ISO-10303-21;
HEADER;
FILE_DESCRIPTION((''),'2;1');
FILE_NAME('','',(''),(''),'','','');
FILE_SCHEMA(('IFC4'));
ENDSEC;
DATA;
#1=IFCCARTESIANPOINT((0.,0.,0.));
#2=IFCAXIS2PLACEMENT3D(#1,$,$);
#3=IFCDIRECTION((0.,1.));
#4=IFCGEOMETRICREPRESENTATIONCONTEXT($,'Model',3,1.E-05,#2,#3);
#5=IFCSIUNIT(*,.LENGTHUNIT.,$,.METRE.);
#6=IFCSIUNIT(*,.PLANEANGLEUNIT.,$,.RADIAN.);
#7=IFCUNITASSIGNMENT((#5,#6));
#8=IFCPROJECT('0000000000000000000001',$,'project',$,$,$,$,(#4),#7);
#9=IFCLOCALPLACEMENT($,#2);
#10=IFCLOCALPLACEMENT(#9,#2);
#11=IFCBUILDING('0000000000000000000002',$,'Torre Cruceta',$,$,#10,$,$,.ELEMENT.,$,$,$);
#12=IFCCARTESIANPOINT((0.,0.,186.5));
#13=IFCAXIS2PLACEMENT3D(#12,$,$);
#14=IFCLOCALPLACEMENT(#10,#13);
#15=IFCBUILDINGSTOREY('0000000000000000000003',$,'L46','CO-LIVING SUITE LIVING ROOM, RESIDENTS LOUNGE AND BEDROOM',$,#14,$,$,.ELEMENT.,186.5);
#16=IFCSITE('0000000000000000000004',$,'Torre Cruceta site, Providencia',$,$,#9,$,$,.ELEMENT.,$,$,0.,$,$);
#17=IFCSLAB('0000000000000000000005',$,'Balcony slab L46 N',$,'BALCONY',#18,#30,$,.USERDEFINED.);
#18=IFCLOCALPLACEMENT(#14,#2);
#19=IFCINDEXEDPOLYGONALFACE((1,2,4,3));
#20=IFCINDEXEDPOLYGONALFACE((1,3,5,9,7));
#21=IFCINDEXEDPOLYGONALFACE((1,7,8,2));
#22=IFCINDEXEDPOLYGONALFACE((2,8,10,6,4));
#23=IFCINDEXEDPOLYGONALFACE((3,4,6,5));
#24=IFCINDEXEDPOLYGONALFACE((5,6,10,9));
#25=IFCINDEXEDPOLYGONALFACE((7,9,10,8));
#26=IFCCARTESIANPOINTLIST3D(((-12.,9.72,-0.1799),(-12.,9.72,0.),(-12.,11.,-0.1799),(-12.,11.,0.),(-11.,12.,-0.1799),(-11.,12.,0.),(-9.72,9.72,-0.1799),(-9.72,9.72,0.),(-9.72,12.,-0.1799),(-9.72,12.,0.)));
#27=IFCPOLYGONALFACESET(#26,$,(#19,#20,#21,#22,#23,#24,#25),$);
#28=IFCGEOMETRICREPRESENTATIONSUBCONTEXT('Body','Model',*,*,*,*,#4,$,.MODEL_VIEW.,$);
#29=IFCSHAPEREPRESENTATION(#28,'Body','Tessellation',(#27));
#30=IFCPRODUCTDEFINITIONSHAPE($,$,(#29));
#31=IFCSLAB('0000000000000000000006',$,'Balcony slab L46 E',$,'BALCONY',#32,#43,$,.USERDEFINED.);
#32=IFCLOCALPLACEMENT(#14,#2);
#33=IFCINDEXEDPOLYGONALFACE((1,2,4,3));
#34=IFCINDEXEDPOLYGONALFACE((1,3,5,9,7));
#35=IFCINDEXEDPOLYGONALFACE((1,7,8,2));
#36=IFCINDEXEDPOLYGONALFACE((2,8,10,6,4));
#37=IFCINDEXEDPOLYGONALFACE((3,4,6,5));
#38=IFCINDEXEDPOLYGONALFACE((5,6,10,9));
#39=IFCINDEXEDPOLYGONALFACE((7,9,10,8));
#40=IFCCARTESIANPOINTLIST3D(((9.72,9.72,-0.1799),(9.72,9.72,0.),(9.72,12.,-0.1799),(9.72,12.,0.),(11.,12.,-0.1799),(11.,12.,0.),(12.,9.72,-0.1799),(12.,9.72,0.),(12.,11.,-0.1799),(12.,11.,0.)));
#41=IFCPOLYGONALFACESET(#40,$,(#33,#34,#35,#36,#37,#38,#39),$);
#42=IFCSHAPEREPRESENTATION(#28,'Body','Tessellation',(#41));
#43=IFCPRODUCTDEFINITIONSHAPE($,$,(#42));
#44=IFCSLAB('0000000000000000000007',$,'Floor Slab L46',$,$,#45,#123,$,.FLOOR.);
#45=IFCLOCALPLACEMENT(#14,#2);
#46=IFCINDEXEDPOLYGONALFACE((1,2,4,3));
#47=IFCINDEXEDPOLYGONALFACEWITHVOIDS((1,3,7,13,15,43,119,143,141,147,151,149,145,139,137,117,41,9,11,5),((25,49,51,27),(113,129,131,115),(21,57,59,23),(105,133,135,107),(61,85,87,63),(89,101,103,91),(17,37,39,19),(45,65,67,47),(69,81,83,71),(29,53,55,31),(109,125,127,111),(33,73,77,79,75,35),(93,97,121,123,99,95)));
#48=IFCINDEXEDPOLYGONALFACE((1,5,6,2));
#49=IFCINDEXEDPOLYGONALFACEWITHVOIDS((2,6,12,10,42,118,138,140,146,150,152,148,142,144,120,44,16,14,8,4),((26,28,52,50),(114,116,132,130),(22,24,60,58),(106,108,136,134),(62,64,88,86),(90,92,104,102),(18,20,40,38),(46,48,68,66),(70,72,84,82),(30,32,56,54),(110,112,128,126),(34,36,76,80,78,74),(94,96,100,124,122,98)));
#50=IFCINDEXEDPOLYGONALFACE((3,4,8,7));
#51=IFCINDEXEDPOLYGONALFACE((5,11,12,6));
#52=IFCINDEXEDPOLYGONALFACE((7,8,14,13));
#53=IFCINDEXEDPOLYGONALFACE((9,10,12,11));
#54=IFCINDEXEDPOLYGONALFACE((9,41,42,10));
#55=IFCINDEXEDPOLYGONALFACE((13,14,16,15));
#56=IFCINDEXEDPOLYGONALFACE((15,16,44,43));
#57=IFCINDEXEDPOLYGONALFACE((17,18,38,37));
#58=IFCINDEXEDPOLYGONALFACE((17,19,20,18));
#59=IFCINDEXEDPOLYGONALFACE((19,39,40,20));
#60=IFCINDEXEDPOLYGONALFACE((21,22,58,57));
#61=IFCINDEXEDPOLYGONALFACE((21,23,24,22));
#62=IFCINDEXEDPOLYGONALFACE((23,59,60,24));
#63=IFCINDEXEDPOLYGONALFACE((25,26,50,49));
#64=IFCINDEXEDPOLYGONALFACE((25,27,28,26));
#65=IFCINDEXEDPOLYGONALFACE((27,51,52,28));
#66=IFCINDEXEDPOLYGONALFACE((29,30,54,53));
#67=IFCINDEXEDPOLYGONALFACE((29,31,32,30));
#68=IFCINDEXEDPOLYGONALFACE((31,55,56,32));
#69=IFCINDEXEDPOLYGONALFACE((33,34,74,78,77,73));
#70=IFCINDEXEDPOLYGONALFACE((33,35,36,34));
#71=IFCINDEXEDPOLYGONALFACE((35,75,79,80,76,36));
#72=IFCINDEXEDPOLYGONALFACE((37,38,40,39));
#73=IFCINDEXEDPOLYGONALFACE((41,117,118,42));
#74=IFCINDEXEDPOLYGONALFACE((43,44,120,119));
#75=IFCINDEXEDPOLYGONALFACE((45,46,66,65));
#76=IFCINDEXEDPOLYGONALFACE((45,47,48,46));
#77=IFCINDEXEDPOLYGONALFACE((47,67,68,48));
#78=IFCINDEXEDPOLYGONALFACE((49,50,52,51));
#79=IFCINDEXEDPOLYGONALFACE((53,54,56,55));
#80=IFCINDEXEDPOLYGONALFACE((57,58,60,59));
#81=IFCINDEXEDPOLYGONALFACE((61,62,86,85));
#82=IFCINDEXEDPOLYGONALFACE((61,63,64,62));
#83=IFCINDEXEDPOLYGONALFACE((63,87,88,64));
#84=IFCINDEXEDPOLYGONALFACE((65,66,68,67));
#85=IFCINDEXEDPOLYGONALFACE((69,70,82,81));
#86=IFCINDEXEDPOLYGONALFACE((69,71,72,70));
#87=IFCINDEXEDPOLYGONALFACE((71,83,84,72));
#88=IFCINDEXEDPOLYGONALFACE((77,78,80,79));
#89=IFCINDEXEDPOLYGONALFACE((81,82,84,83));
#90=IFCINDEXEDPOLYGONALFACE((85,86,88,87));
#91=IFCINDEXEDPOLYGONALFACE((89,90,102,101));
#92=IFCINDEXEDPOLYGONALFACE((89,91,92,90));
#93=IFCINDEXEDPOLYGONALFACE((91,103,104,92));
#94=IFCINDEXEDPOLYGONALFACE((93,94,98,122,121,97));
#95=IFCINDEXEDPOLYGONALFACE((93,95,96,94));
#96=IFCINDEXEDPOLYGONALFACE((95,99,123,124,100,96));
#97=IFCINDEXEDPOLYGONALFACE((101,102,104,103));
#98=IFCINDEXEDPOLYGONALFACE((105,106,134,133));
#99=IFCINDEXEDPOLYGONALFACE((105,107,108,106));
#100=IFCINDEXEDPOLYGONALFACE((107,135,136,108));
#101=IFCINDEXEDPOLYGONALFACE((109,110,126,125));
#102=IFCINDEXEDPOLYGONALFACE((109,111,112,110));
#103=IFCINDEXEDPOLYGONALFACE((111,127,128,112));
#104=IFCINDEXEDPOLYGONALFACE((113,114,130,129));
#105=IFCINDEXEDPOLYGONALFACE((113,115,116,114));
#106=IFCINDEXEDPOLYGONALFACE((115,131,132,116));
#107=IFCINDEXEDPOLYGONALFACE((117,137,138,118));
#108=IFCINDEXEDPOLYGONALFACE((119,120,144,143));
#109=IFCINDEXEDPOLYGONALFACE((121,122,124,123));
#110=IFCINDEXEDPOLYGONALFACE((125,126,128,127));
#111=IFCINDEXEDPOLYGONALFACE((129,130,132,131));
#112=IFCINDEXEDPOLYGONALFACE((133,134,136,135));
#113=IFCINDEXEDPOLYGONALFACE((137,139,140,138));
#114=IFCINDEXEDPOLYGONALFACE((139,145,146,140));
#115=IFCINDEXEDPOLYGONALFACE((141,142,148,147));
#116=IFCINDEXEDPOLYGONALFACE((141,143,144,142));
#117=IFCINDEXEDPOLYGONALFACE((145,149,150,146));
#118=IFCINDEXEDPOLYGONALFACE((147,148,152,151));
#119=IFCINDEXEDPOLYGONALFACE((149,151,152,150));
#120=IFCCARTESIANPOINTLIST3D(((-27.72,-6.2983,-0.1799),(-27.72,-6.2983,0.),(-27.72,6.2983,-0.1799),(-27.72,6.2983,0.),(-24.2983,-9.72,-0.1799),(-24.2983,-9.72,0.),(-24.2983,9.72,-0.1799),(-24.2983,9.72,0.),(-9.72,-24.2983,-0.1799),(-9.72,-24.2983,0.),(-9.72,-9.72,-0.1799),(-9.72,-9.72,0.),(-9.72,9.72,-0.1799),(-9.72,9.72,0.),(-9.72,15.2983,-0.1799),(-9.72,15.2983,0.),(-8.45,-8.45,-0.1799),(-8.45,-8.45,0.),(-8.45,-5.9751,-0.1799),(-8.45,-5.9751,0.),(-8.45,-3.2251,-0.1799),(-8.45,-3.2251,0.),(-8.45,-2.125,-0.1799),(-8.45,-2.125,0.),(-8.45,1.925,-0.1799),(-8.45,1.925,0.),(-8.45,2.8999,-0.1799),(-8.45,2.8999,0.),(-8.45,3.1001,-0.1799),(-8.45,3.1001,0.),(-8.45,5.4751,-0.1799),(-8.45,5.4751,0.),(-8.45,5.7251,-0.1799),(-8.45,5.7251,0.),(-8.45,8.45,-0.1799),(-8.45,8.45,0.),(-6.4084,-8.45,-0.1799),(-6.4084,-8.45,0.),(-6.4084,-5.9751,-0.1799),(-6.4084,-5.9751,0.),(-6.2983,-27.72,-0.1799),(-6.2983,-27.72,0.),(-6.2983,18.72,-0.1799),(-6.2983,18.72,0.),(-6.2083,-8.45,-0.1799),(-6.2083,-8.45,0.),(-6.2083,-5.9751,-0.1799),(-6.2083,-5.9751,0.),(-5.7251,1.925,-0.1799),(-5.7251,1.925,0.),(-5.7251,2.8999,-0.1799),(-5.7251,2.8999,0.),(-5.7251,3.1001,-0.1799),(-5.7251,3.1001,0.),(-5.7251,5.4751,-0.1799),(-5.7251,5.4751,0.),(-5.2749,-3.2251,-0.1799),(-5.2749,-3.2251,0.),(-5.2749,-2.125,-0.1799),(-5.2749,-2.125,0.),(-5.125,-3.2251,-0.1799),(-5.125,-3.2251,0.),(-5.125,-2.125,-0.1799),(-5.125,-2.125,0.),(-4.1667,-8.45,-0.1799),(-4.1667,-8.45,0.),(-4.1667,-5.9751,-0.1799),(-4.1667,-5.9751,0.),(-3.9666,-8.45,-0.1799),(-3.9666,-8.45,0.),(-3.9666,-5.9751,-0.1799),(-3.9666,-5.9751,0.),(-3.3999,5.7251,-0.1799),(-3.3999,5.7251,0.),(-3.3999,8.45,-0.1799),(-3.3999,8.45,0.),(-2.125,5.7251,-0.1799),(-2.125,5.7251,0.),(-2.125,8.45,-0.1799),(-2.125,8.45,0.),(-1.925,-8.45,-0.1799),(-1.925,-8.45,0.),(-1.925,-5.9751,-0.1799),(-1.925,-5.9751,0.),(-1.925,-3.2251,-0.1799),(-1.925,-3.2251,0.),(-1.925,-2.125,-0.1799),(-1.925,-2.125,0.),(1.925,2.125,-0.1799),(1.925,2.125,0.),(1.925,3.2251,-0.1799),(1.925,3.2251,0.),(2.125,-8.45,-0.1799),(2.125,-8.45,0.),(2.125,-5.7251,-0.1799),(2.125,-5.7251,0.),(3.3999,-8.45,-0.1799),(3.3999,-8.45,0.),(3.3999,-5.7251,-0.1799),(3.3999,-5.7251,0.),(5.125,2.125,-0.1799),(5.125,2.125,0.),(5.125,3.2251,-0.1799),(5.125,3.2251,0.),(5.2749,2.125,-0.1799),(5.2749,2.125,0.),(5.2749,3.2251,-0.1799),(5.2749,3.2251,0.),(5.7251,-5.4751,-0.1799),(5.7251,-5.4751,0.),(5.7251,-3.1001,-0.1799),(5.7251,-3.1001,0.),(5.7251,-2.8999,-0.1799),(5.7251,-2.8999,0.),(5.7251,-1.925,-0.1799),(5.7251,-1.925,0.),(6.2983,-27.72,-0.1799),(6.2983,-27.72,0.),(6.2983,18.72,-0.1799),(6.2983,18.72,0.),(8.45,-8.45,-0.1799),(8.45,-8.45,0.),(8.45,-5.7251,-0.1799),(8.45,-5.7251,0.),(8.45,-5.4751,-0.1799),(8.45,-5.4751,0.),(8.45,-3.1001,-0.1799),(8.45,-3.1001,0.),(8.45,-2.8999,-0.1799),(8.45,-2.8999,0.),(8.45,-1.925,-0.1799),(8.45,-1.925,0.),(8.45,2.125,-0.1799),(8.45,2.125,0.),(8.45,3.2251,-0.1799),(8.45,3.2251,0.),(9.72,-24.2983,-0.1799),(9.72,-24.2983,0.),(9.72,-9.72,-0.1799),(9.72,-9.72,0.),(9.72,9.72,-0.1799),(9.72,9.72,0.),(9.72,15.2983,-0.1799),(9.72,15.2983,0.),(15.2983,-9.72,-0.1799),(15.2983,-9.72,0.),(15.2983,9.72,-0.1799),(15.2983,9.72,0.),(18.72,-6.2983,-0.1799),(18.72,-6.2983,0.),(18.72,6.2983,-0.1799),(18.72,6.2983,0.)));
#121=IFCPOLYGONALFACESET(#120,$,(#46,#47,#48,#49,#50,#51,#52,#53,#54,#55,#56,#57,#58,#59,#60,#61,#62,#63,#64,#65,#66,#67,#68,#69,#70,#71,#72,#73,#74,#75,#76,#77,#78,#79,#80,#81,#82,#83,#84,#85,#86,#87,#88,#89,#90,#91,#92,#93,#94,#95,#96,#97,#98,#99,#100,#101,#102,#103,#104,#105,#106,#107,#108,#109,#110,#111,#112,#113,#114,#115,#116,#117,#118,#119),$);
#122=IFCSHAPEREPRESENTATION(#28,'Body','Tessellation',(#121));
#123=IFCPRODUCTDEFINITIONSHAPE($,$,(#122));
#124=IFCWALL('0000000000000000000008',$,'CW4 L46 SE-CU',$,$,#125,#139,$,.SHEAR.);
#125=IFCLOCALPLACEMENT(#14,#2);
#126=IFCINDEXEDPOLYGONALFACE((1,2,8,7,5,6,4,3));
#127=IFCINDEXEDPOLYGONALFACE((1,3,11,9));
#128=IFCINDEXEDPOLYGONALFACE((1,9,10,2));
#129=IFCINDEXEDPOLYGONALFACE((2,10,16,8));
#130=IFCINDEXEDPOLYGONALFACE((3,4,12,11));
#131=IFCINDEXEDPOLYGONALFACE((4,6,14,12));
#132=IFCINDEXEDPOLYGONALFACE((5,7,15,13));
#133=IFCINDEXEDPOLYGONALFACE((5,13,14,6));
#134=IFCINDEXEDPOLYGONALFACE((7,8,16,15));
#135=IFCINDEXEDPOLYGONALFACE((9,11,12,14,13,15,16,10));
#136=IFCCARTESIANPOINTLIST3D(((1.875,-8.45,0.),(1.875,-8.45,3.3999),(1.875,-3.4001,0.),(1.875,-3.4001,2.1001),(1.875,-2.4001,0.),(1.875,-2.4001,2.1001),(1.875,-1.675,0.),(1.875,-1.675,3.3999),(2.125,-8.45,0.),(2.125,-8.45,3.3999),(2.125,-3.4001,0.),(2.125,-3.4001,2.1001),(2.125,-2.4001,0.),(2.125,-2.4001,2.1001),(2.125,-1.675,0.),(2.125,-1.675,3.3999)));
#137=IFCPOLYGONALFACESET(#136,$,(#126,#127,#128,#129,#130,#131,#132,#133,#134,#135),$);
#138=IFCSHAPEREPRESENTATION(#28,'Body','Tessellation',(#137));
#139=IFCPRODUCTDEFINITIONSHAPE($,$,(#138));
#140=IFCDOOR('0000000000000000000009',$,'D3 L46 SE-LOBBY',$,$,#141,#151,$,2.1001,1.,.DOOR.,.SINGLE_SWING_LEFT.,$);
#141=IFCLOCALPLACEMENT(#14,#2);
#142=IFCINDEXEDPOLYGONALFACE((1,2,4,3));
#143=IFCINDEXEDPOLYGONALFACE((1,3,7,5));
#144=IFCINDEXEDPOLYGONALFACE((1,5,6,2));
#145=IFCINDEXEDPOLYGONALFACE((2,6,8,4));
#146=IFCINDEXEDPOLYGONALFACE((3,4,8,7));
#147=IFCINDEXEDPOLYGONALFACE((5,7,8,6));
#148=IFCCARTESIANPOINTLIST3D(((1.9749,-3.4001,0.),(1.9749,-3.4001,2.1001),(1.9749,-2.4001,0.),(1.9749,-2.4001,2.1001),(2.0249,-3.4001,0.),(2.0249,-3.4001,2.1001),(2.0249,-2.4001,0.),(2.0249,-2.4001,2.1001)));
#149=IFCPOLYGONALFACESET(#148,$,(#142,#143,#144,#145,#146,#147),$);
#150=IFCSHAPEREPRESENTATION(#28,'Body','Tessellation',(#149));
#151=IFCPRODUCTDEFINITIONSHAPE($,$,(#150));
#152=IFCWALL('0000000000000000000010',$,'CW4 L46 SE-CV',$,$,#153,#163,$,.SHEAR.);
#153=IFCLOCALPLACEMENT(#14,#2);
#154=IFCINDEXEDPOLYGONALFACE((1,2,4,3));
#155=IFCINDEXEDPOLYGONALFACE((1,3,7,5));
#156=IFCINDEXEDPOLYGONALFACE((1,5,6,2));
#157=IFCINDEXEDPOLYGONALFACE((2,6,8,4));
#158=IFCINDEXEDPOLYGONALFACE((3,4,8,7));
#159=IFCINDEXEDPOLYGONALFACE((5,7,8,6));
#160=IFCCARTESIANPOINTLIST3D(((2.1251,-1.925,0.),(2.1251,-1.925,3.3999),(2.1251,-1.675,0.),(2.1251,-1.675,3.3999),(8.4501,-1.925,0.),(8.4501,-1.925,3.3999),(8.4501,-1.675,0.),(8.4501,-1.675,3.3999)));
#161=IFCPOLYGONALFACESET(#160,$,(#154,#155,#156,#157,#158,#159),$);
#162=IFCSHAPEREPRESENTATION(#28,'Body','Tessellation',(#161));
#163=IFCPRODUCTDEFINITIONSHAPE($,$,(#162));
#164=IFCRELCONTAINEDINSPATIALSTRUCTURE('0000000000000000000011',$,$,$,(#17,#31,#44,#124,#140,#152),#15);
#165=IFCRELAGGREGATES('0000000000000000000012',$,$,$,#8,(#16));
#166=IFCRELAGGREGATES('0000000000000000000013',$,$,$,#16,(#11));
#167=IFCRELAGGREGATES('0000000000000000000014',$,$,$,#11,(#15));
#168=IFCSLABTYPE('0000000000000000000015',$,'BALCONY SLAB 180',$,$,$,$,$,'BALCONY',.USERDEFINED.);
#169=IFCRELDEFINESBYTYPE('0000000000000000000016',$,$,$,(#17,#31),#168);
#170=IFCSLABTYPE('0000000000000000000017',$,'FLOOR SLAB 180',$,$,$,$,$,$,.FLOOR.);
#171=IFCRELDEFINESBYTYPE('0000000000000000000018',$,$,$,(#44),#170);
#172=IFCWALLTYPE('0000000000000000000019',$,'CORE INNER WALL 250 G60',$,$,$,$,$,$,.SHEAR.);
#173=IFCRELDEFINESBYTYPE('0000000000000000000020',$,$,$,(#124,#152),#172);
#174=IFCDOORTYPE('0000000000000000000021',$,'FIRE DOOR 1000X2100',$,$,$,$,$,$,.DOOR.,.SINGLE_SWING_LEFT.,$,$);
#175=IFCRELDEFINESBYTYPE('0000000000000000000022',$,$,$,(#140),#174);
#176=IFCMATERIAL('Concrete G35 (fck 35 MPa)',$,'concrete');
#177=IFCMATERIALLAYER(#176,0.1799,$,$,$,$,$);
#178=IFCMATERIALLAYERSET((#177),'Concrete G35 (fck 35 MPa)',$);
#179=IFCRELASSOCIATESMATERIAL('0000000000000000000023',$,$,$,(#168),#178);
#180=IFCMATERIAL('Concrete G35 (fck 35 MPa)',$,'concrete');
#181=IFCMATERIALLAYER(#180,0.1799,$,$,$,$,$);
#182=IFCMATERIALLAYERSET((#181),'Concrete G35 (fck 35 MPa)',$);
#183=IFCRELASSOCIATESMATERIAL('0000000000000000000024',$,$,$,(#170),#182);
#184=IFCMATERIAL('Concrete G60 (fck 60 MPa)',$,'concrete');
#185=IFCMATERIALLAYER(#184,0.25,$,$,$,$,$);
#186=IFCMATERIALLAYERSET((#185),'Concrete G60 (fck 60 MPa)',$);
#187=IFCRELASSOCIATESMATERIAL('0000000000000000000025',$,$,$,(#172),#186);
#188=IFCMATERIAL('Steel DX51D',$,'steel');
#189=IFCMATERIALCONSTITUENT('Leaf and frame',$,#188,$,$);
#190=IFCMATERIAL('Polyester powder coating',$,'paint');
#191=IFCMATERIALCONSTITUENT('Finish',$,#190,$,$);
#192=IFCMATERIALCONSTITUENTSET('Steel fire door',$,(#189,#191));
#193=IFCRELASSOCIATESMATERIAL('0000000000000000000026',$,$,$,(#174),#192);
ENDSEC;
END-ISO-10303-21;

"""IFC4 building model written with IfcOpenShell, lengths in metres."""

from ifc_helpers import new_model, si_unit, direction, frame, frame_2d, origin, place, context, subcontext, project, spatial, polyline, rectangle, outline, extrude, material, layer, layer_set, constituent, constituent_set, type_object, element, fill, save


model = new_model("IFC4")

# Units and contexts
model_context = context("Model", 3, precision=1e-05, world=origin(), true_north=direction((0.0, 1.0)))
body_context = subcontext(model_context, "Body", "Model", "MODEL_VIEW")
ifc_project = project(units=[si_unit("LENGTHUNIT", "METRE"), si_unit("PLANEANGLEUNIT", "RADIAN")], contexts=[model_context])

# Site, building, storey
site_placement = place(None, origin())
site = spatial("IfcSite", under=ifc_project, at=site_placement, Name="Torre Cruceta site, Providencia", CompositionType="ELEMENT", RefElevation=0.0)
building_placement = place(site_placement, origin())
building = spatial("IfcBuilding", under=site, at=building_placement, Name="Torre Cruceta", CompositionType="ELEMENT")
storey_placement = place(building_placement, frame((0.0, 0.0, 186.5)))
storey = spatial("IfcBuildingStorey", under=building, at=storey_placement, Name="L46", Description="CO-LIVING SUITE LIVING ROOM, RESIDENTS LOUNGE AND BEDROOM", CompositionType="ELEMENT", Elevation=186.5)

# Slabs
ifc_material_1 = material(Name="Concrete G35 (fck 35 MPa)", Category="concrete")
ifc_layer_1 = layer(ifc_material_1, 0.1799)
ifc_layer_set_1 = layer_set([ifc_layer_1], Name="Concrete G35 (fck 35 MPa)")
slab_type_1 = type_object("IfcSlabType", Name="BALCONY SLAB 180", ElementType="BALCONY", PredefinedType="USERDEFINED", material=ifc_layer_set_1)
slab_1_placement = place(storey_placement, frame((0.0, 0.0, -0.1799)))
element("IfcSlab", 1, at=slab_1_placement, inside=storey, type_object=slab_type_1, Name="Balcony slab L46 N", ObjectType="BALCONY", PredefinedType="USERDEFINED", context=body_context, shape_type="SweptSolid", body=[
    extrude(outline(polyline([(-12.0, 11.0), (-11.0, 12.0), (-9.72, 12.0), (-9.72, 9.72), (-12.0, 9.72), (-12.0, 11.0)])), origin(), (0.0, 0.0, 1.0), 0.1799),
])
slab_2_placement = place(storey_placement, frame((0.0, 0.0, -0.1799)))
element("IfcSlab", 2, at=slab_2_placement, inside=storey, type_object=slab_type_1, Name="Balcony slab L46 E", ObjectType="BALCONY", PredefinedType="USERDEFINED", context=body_context, shape_type="SweptSolid", body=[
    extrude(outline(polyline([(11.0, 12.0), (12.0, 11.0), (12.0, 9.72), (9.72, 9.72), (9.72, 12.0), (11.0, 12.0)])), origin(), (0.0, 0.0, 1.0), 0.1799),
])
ifc_material_2 = material(Name="Concrete G35 (fck 35 MPa)", Category="concrete")
ifc_layer_2 = layer(ifc_material_2, 0.1799)
ifc_layer_set_2 = layer_set([ifc_layer_2], Name="Concrete G35 (fck 35 MPa)")
slab_type_2 = type_object("IfcSlabType", Name="FLOOR SLAB 180", PredefinedType="FLOOR", material=ifc_layer_set_2)
slab_3_placement = place(storey_placement, frame((0.0, 0.0, -0.1799)))
element("IfcSlab", 3, at=slab_3_placement, inside=storey, type_object=slab_type_2, Name="Floor Slab L46", PredefinedType="FLOOR", context=body_context, shape_type="SweptSolid", body=[
    extrude(outline(polyline([(9.72, -9.72), (9.72, -24.2983), (6.2983, -27.72), (-6.2983, -27.72), (-9.72, -24.2983), (-9.72, -9.72), (-24.2983, -9.72), (-27.72, -6.2983), (-27.72, 6.2983), (-24.2983, 9.72), (-9.72, 9.72), (-9.72, 15.2983), (-6.2983, 18.72), (6.2983, 18.72), (9.72, 15.2983), (9.72, 9.72), (15.2983, 9.72), (18.72, 6.2983), (18.72, -6.2983), (15.2983, -9.72), (9.72, -9.72)]), holes=[polyline([(1.925, 2.125), (5.125, 2.125), (5.125, 3.2251), (1.925, 3.2251), (1.925, 2.125)]), polyline([(5.2749, 2.125), (8.45, 2.125), (8.45, 3.2251), (5.2749, 3.2251), (5.2749, 2.125)]), polyline([(-8.45, 3.1001), (-5.7251, 3.1001), (-5.7251, 5.4751), (-8.45, 5.4751), (-8.45, 3.1001)]), polyline([(-8.45, 1.925), (-5.7251, 1.925), (-5.7251, 2.8999), (-8.45, 2.8999), (-8.45, 1.925)]), polyline([(-3.9666, -8.45), (-1.925, -8.45), (-1.925, -5.9751), (-3.9666, -5.9751), (-3.9666, -8.45)]), polyline([(-6.2083, -8.45), (-4.1667, -8.45), (-4.1667, -5.9751), (-6.2083, -5.9751), (-6.2083, -8.45)]), polyline([(-8.45, -8.45), (-6.4084, -8.45), (-6.4084, -5.9751), (-8.45, -5.9751), (-8.45, -8.45)]), polyline([(-5.125, -3.2251), (-1.925, -3.2251), (-1.925, -2.125), (-5.125, -2.125), (-5.125, -3.2251)]), polyline([(-8.45, -3.2251), (-5.2749, -3.2251), (-5.2749, -2.125), (-8.45, -2.125), (-8.45, -3.2251)]), polyline([(5.7251, -5.4751), (8.45, -5.4751), (8.45, -3.1001), (5.7251, -3.1001), (5.7251, -5.4751)]), polyline([(5.7251, -2.8999), (8.45, -2.8999), (8.45, -1.925), (5.7251, -1.925), (5.7251, -2.8999)]), polyline([(-8.45, 5.7251), (-8.45, 8.45), (-3.3999, 8.45), (-2.125, 8.45), (-2.125, 5.7251), (-3.3999, 5.7251), (-8.45, 5.7251)]), polyline([(2.125, -5.7251), (3.3999, -5.7251), (8.45, -5.7251), (8.45, -8.45), (3.3999, -8.45), (2.125, -8.45), (2.125, -5.7251)])]), origin(), (0.0, 0.0, 1.0), 0.1799),
])

# Wall, opening, door
ifc_material_3 = material(Name="Concrete G60 (fck 60 MPa)", Category="concrete")
ifc_layer_3 = layer(ifc_material_3, 0.25)
ifc_layer_set_3 = layer_set([ifc_layer_3], Name="Concrete G60 (fck 60 MPa)")
wall_type_1 = type_object("IfcWallType", Name="CORE INNER WALL 250 G60", PredefinedType="SHEAR", material=ifc_layer_set_3)
wall_1_placement = place(storey_placement, frame((2.0, -1.675, 0.0), z_axis=(0.0, 0.0, 1.0), x_axis=(0.0, -1.0, 0.0)))
wall_1 = element("IfcWall", 4, at=wall_1_placement, inside=storey, type_object=wall_type_1, Name="CW4 L46 SE-CU", PredefinedType="SHEAR", context=body_context, shape_type="SweptSolid", body=[
    extrude(rectangle(XDim=6.7749, YDim=0.25, at=frame_2d((3.3875, 0.0))), origin(), (0.0, 0.0, 1.0), 3.3999),
])
opening_1_placement = place(wall_1_placement, frame((0.7251, 0.0, 0.0)))
opening_1 = element("IfcOpeningElement", 5, at=opening_1_placement, cuts=wall_1, PredefinedType="OPENING", context=body_context, shape_type="SweptSolid", body=[
    extrude(rectangle(XDim=1.0, YDim=2.1001, at=frame_2d((0.5, 1.05))), frame((0.0, 0.135, 0.0), z_axis=(0.0, -1.0, 0.0), x_axis=(1.0, 0.0, 0.0)), (0.0, 0.0, 1.0), 0.27),
])
ifc_material_4 = material(Name="Steel DX51D", Category="steel")
ifc_constituent_1 = constituent(ifc_material_4, Name="Leaf and frame")
ifc_material_5 = material(Name="Polyester powder coating", Category="paint")
ifc_constituent_2 = constituent(ifc_material_5, Name="Finish")
ifc_constituent_set_1 = constituent_set(constituents=[ifc_constituent_1, ifc_constituent_2], Name="Steel fire door")
door_type_1 = type_object("IfcDoorType", Name="FIRE DOOR 1000X2100", OperationType="SINGLE_SWING_LEFT", PredefinedType="DOOR", material=ifc_constituent_set_1)
door_1_placement = place(opening_1_placement, origin())
door_1 = element("IfcDoor", 6, at=door_1_placement, inside=storey, type_object=door_type_1, Name="D3 L46 SE-LOBBY", OperationType="SINGLE_SWING_LEFT", OverallHeight=2.1001, OverallWidth=1.0, PredefinedType="DOOR", context=body_context, shape_type="SweptSolid", body=[
    extrude(rectangle(XDim=1.0, YDim=2.1001, at=frame_2d((0.5, 1.05))), frame((0.0, 0.0249, 0.0), z_axis=(0.0, -1.0, 0.0), x_axis=(1.0, 0.0, 0.0)), (0.0, 0.0, 1.0), 0.05),
])
fill(opening_1, door_1)

# Wall
wall_2_placement = place(storey_placement, frame((2.125, -1.8, 0.0), z_axis=(0.0, 0.0, 1.0), x_axis=(1.0, 0.0, 0.0)))
element("IfcWall", 7, at=wall_2_placement, inside=storey, type_object=wall_type_1, Name="CW4 L46 SE-CV", PredefinedType="SHEAR", context=body_context, shape_type="SweptSolid", body=[
    extrude(rectangle(XDim=6.325, YDim=0.25, at=frame_2d((3.1626, 0.0))), origin(), (0.0, 0.0, 1.0), 3.3999),
])

save(model, "model.ifc")
